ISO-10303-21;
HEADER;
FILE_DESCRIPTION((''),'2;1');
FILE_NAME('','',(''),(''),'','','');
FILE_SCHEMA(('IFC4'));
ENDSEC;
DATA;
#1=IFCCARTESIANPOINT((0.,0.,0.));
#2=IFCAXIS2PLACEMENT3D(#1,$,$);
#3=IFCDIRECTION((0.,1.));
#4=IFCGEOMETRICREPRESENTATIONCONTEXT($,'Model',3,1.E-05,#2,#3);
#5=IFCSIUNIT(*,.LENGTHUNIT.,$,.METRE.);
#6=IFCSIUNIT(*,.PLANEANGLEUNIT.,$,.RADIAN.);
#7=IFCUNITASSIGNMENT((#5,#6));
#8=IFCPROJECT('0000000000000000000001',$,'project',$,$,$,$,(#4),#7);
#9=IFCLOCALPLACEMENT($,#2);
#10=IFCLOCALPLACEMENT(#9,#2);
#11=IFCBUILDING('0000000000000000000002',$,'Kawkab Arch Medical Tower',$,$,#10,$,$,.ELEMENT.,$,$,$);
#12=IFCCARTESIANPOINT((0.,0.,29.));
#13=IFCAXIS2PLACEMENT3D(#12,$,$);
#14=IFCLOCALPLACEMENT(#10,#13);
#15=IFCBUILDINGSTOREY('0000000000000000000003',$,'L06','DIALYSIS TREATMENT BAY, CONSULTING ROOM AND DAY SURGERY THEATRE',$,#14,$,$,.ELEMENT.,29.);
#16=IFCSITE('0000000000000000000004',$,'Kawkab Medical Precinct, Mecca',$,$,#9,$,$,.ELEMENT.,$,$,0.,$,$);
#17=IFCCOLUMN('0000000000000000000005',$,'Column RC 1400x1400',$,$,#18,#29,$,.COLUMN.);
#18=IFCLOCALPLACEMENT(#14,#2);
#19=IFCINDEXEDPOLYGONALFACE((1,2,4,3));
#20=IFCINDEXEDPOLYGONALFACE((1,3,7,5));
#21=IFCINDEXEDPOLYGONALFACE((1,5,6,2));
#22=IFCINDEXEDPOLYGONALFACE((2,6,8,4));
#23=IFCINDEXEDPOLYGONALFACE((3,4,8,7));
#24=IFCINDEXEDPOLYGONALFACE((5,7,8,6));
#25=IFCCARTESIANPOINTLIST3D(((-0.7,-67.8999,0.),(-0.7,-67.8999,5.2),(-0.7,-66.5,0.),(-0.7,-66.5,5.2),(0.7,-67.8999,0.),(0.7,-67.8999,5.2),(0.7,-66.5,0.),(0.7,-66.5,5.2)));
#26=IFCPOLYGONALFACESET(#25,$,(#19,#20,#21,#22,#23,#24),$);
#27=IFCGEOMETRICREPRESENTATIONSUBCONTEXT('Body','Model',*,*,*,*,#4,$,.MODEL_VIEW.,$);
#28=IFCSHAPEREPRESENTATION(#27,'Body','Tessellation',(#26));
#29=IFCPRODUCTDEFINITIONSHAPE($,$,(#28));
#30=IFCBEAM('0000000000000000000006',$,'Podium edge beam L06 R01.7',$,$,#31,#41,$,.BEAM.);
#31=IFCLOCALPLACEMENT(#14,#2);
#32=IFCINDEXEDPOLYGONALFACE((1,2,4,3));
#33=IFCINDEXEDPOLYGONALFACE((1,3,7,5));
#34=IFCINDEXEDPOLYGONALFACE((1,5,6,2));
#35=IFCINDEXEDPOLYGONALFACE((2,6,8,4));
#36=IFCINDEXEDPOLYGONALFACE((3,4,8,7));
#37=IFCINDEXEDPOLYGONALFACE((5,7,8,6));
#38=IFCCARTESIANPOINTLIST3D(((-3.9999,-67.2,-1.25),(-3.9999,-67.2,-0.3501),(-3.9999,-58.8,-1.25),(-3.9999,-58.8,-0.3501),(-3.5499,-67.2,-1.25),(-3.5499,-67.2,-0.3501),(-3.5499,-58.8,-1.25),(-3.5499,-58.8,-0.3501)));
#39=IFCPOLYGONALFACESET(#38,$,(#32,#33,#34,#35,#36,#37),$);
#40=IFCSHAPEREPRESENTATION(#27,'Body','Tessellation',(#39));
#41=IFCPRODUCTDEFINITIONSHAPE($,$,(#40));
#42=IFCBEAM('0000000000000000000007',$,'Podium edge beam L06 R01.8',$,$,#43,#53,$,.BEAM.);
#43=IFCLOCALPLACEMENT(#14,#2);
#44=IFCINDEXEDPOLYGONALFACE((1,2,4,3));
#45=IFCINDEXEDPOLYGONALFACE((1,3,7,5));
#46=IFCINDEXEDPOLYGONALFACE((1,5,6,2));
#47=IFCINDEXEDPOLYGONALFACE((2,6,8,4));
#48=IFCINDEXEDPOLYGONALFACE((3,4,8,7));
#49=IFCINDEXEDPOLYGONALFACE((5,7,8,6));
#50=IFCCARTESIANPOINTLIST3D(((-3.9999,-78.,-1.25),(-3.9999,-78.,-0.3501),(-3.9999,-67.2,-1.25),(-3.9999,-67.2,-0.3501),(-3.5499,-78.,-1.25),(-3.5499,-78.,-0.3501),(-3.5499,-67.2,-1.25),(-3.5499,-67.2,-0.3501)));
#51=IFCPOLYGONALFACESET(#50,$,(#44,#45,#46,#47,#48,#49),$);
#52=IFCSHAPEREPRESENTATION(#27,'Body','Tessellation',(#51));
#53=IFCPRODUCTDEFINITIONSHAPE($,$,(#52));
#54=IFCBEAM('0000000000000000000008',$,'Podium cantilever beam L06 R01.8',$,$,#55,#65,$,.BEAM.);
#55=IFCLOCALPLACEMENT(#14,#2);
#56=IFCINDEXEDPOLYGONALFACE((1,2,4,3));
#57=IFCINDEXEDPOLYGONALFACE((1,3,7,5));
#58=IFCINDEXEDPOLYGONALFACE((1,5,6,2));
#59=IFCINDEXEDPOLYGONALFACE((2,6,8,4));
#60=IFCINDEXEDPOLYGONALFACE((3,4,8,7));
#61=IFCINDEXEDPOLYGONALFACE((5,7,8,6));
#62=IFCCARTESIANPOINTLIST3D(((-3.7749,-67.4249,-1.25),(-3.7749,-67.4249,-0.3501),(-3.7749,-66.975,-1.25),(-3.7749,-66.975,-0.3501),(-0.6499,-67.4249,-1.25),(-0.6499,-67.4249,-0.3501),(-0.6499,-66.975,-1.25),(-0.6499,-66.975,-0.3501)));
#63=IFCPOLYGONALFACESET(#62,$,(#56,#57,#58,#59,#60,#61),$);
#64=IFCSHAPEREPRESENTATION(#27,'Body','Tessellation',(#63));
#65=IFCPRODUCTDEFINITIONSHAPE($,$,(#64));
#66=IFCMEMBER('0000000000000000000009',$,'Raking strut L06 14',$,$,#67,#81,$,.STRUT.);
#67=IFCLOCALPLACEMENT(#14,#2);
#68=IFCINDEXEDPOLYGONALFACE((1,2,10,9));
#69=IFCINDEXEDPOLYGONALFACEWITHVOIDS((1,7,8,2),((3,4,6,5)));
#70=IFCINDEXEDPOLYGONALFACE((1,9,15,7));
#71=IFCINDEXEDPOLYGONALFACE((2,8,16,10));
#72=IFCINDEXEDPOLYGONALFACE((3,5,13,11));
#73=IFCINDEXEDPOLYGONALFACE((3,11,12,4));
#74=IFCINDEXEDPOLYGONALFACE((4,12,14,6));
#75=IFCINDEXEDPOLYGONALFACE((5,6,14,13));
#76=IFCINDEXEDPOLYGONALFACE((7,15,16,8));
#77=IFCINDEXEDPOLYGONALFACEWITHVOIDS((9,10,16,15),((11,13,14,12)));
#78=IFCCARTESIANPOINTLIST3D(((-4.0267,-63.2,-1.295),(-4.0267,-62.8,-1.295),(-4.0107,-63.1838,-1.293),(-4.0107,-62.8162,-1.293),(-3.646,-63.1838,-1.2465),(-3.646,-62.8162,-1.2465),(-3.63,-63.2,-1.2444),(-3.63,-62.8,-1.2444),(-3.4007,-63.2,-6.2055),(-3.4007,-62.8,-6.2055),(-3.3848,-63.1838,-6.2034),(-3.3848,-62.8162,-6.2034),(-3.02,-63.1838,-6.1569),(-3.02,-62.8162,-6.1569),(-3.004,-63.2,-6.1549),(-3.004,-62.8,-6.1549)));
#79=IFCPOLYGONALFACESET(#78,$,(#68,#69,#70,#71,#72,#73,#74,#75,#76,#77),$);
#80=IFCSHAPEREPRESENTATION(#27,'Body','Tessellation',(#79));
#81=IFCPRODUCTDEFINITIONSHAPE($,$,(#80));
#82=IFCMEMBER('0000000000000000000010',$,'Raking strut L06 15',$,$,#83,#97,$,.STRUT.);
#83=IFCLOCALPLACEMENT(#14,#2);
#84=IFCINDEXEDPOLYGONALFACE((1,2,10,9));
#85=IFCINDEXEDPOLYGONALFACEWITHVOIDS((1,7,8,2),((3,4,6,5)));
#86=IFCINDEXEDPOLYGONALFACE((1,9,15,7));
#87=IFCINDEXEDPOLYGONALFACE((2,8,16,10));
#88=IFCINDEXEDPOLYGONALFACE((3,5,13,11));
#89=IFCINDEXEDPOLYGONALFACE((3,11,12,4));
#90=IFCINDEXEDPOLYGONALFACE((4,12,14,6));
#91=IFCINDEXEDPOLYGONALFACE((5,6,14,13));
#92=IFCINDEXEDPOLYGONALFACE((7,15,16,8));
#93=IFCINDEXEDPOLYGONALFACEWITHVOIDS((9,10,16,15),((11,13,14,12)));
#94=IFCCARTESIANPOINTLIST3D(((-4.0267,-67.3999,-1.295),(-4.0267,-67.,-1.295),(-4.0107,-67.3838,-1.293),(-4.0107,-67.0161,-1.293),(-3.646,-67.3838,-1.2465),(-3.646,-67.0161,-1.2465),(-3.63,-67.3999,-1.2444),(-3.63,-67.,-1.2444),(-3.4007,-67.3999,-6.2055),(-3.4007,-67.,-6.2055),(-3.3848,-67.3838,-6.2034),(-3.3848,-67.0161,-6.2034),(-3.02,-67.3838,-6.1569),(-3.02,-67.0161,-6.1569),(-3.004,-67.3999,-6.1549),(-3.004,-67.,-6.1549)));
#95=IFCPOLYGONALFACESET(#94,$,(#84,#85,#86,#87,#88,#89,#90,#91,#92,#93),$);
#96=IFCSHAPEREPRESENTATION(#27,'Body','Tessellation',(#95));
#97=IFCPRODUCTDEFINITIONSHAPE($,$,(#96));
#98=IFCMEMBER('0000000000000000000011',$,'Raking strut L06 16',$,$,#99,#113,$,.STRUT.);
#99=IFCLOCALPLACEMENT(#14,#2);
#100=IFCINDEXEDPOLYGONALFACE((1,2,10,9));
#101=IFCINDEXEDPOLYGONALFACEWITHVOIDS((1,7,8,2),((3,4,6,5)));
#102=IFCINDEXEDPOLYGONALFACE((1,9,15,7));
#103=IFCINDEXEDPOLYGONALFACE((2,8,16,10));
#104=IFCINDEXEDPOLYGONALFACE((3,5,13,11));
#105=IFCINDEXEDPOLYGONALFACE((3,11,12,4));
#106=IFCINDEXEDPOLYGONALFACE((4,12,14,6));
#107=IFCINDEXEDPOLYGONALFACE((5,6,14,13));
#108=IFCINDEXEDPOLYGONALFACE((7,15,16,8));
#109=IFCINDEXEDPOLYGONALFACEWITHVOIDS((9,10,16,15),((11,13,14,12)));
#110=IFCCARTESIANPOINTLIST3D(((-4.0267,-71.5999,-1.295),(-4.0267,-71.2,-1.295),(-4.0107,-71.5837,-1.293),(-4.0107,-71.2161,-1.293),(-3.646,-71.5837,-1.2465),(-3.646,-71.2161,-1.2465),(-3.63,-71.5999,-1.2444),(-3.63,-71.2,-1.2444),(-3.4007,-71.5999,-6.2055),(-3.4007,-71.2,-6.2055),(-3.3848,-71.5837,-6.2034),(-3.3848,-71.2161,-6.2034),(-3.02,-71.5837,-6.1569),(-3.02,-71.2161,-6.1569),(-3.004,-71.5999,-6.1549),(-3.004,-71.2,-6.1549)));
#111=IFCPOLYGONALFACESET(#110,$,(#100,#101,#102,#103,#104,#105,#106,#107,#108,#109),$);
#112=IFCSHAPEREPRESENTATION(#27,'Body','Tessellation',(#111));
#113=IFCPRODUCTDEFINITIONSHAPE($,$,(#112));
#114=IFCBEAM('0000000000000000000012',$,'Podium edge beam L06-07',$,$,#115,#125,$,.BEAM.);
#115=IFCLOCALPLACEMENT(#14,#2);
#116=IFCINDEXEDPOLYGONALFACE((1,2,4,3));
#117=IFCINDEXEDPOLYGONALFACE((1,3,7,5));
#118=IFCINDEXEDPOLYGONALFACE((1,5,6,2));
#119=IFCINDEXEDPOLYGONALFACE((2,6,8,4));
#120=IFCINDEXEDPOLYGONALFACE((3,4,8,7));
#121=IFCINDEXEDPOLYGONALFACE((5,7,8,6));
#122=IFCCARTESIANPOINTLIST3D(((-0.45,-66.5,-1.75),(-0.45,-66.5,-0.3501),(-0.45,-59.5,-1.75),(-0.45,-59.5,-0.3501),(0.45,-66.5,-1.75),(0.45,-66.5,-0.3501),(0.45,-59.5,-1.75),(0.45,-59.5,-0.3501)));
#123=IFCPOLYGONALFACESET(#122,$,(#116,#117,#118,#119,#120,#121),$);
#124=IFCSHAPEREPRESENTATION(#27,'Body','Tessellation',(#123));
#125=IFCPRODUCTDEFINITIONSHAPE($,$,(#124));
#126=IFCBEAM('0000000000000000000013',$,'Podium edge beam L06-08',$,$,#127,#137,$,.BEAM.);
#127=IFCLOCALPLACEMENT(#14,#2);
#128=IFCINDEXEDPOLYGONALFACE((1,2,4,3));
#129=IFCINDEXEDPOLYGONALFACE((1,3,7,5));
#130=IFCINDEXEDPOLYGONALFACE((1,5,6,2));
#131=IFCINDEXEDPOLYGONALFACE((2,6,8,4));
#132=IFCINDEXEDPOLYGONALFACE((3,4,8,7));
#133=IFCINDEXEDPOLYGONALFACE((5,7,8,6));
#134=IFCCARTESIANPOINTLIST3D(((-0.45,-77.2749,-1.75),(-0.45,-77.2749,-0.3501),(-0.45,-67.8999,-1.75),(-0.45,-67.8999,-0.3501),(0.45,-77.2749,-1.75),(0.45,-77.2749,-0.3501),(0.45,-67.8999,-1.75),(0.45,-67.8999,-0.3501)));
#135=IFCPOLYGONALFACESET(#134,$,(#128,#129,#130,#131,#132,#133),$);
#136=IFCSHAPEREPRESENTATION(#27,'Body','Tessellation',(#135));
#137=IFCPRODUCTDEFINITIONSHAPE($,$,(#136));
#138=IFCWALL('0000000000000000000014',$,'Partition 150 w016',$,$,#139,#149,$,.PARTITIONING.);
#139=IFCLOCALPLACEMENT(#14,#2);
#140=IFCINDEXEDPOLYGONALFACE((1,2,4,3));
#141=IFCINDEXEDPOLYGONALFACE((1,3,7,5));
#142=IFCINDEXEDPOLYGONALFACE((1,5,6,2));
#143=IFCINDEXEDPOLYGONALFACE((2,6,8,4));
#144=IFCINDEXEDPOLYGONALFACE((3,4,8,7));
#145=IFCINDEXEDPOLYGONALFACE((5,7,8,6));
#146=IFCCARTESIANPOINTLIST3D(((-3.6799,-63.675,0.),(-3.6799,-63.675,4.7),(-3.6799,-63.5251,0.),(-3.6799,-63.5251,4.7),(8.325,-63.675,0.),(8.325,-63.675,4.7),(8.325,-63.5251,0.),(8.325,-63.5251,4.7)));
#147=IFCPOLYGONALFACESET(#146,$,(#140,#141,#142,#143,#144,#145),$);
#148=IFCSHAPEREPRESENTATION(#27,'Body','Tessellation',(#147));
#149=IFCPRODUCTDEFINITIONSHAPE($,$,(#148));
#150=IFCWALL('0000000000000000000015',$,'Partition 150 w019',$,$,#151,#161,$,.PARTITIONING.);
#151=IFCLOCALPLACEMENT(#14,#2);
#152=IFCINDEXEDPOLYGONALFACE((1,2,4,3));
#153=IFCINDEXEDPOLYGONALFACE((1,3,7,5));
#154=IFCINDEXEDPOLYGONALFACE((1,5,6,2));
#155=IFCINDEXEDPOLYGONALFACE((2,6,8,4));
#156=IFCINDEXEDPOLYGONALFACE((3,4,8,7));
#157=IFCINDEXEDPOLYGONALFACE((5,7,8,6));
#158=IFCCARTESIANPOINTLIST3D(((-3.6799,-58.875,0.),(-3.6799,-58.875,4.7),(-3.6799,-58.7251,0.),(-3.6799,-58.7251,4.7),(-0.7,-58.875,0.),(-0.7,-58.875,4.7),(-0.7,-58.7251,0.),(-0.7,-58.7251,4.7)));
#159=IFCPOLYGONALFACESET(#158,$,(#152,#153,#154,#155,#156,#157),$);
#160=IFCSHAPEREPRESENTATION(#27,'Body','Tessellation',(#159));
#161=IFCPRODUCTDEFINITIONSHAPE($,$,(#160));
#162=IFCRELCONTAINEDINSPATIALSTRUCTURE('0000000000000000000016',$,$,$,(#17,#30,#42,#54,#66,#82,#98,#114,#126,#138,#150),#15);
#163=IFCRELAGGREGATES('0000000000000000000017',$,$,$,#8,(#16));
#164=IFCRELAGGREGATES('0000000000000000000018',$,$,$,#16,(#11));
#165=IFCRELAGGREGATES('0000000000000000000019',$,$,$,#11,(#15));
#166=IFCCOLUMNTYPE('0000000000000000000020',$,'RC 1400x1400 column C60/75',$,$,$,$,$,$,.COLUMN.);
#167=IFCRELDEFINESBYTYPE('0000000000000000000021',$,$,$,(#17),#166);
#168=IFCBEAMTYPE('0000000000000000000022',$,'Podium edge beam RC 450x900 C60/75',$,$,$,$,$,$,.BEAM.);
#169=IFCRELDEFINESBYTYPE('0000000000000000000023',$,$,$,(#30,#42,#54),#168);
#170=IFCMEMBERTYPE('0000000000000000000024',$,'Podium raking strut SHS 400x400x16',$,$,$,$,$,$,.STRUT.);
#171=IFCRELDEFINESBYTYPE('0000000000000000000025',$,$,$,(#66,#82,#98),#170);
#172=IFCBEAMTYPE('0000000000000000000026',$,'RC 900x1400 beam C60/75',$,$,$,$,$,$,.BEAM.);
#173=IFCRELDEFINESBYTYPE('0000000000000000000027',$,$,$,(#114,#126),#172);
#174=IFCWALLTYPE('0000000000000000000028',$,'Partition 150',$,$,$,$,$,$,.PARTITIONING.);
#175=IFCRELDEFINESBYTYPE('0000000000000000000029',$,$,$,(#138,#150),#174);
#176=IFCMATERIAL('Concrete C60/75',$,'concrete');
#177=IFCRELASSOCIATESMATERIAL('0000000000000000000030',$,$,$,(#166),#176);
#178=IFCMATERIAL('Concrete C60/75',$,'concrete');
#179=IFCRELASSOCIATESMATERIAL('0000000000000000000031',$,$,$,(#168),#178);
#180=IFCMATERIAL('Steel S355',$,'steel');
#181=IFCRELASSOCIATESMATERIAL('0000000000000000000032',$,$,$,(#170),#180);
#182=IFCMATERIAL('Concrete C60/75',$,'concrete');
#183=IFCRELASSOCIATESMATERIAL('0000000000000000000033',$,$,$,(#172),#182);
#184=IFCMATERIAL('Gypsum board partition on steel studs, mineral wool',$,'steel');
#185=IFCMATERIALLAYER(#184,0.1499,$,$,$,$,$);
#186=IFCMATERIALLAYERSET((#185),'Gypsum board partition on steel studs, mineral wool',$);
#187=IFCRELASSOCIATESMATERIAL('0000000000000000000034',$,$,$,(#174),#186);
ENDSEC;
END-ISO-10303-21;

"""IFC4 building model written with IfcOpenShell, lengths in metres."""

from ifc_helpers import new_model, si_unit, direction, frame, frame_2d, origin, origin_2d, place, context, subcontext, project, spatial, rectangle, hollow_rectangle, extrude, material, layer, layer_set, material_profile, profile_set, type_object, element, save


model = new_model("IFC4")

# Units and contexts
model_context = context("Model", 3, precision=1e-05, world=origin(), true_north=direction((0.0, 1.0)))
body_context = subcontext(model_context, "Body", "Model", "MODEL_VIEW")
ifc_project = project(units=[si_unit("LENGTHUNIT", "METRE"), si_unit("PLANEANGLEUNIT", "RADIAN")], contexts=[model_context])

# Site, building, storey
site_placement = place(None, origin())
site = spatial("IfcSite", under=ifc_project, at=site_placement, Name="Kawkab Medical Precinct, Mecca", CompositionType="ELEMENT", RefElevation=0.0)
building_placement = place(site_placement, origin())
building = spatial("IfcBuilding", under=site, at=building_placement, Name="Kawkab Arch Medical Tower", CompositionType="ELEMENT")
storey_placement = place(building_placement, frame((0.0, 0.0, 29.0)))
storey = spatial("IfcBuildingStorey", under=building, at=storey_placement, Name="L06", Description="DIALYSIS TREATMENT BAY, CONSULTING ROOM AND DAY SURGERY THEATRE", CompositionType="ELEMENT", Elevation=29.0)

# Column
ifc_material_1 = material(Name="Concrete C60/75", Category="concrete")
ifc_material_profile_1 = material_profile(ifc_material_1, rectangle(XDim=1.3999, YDim=1.3999, at=origin_2d()), Name="RC 1400x1400")
ifc_profile_set_1 = profile_set([ifc_material_profile_1], Name="Concrete C60/75")
column_type = type_object("IfcColumnType", Name="RC 1400x1400 column C60/75", PredefinedType="COLUMN", material=ifc_profile_set_1)
column_placement = place(storey_placement, frame((0.0, -67.2, 0.0), z_axis=(0.0, 0.0, 1.0), x_axis=(1.0, 0.0, 0.0)))
element("IfcColumn", 1, at=column_placement, inside=storey, type_object=column_type, Name="Column RC 1400x1400", PredefinedType="COLUMN", context=body_context, shape_type="SweptSolid", body=[
    extrude(rectangle(XDim=1.3999, YDim=1.3999, at=origin_2d()), origin(), (0.0, 0.0, 1.0), 5.2),
])

# Beams
ifc_material_2 = material(Name="Concrete C60/75", Category="concrete")
ifc_material_profile_2 = material_profile(ifc_material_2, rectangle(XDim=0.45, YDim=0.8999, at=origin_2d()), Name="RC 450x900")
ifc_profile_set_2 = profile_set([ifc_material_profile_2], Name="Concrete C60/75")
beam_type_1 = type_object("IfcBeamType", Name="Podium edge beam RC 450x900 C60/75", PredefinedType="BEAM", material=ifc_profile_set_2)
beam_1_placement = place(storey_placement, frame((-3.7749, -58.8, -0.8), z_axis=(0.0, -1.0, 0.0), x_axis=(1.0, 0.0, 0.0)))
element("IfcBeam", 2, at=beam_1_placement, inside=storey, type_object=beam_type_1, Name="Podium edge beam L06 R01.7", PredefinedType="BEAM", context=body_context, shape_type="SweptSolid", body=[
    extrude(rectangle(XDim=0.45, YDim=0.8999, at=origin_2d()), origin(), (0.0, 0.0, 1.0), 8.3999),
])
beam_2_placement = place(storey_placement, frame((-3.7749, -67.2, -0.8), z_axis=(0.0, -1.0, 0.0), x_axis=(1.0, 0.0, 0.0)))
element("IfcBeam", 3, at=beam_2_placement, inside=storey, type_object=beam_type_1, Name="Podium edge beam L06 R01.8", PredefinedType="BEAM", context=body_context, shape_type="SweptSolid", body=[
    extrude(rectangle(XDim=0.45, YDim=0.8999, at=origin_2d()), origin(), (0.0, 0.0, 1.0), 10.8),
])
beam_3_placement = place(storey_placement, frame((-0.6499, -67.2, -0.8), z_axis=(-1.0, 0.0, 0.0), x_axis=(0.0, -1.0, 0.0)))
element("IfcBeam", 4, at=beam_3_placement, inside=storey, type_object=beam_type_1, Name="Podium cantilever beam L06 R01.8", PredefinedType="BEAM", context=body_context, shape_type="SweptSolid", body=[
    extrude(rectangle(XDim=0.45, YDim=0.8999, at=origin_2d()), origin(), (0.0, 0.0, 1.0), 3.125),
])

# Members
ifc_material_3 = material(Name="Steel S355", Category="steel")
ifc_material_profile_3 = material_profile(ifc_material_3, hollow_rectangle(XDim=0.3999, YDim=0.3999, WallThickness=0.0161, at=origin_2d()), Name="SHS 400x400x16")
ifc_profile_set_3 = profile_set([ifc_material_profile_3], Name="Steel S355")
member_type = type_object("IfcMemberType", Name="Podium raking strut SHS 400x400x16", PredefinedType="STRUT", material=ifc_profile_set_3)
for number, where, z_axis, x_axis, name in (
    (5, (-3.2024, -63.0, -6.1802), (-0.126456, 0.0, 0.991972), (0.0, -1.0, 0.0), "Raking strut L06 14"),
    (6, (-3.2024, -67.2, -6.1802), (-0.126456, 0.0, 0.991972), (0.0, -1.0, 0.0), "Raking strut L06 15"),
    (7, (-3.2024, -71.3999, -6.1802), (-0.126456, 0.0, 0.991972), (0.0, -1.0, 0.0), "Raking strut L06 16"),
):
    element("IfcMember", number, at=place(storey_placement, frame(where, z_axis=z_axis, x_axis=x_axis)), inside=storey, type_object=member_type, Name=name, PredefinedType="STRUT", context=body_context, shape_type="SweptSolid", body=[
        extrude(hollow_rectangle(XDim=0.3999, YDim=0.3999, WallThickness=0.0161, at=origin_2d()), origin(), (0.0, 0.0, 1.0), 4.9502),
    ])

# Beams
ifc_material_4 = material(Name="Concrete C60/75", Category="concrete")
ifc_material_profile_4 = material_profile(ifc_material_4, rectangle(XDim=0.8999, YDim=1.3999, at=origin_2d()), Name="RC 900x1400")
ifc_profile_set_4 = profile_set([ifc_material_profile_4], Name="Concrete C60/75")
beam_type_2 = type_object("IfcBeamType", Name="RC 900x1400 beam C60/75", PredefinedType="BEAM", material=ifc_profile_set_4)
beam_4_placement = place(storey_placement, frame((0.0, -59.5, -1.05), z_axis=(0.0, -1.0, 0.0), x_axis=(1.0, 0.0, 0.0)))
element("IfcBeam", 8, at=beam_4_placement, inside=storey, type_object=beam_type_2, Name="Podium edge beam L06-07", PredefinedType="BEAM", context=body_context, shape_type="SweptSolid", body=[
    extrude(rectangle(XDim=0.8999, YDim=1.3999, at=origin_2d()), origin(), (0.0, 0.0, 1.0), 7.0),
])
beam_5_placement = place(storey_placement, frame((0.0, -67.8999, -1.05), z_axis=(0.0, -1.0, 0.0), x_axis=(1.0, 0.0, 0.0)))
element("IfcBeam", 9, at=beam_5_placement, inside=storey, type_object=beam_type_2, Name="Podium edge beam L06-08", PredefinedType="BEAM", context=body_context, shape_type="SweptSolid", body=[
    extrude(rectangle(XDim=0.8999, YDim=1.3999, at=origin_2d()), origin(), (0.0, 0.0, 1.0), 9.375),
])

# Walls
ifc_material_5 = material(Name="Gypsum board partition on steel studs, mineral wool", Category="steel")
ifc_layer_1 = layer(ifc_material_5, 0.1499)
ifc_layer_set_1 = layer_set([ifc_layer_1], Name="Gypsum board partition on steel studs, mineral wool")
wall_type_1 = type_object("IfcWallType", Name="Partition 150", PredefinedType="PARTITIONING", material=ifc_layer_set_1)
wall_1_placement = place(storey_placement, frame((-3.6799, -63.6001, 0.0), z_axis=(0.0, 0.0, 1.0), x_axis=(1.0, 0.0, 0.0)))
element("IfcWall", 10, at=wall_1_placement, inside=storey, type_object=wall_type_1, Name="Partition 150 w016", PredefinedType="PARTITIONING", context=body_context, shape_type="SweptSolid", body=[
    extrude(rectangle(XDim=12.0049, YDim=0.1499, at=frame_2d((6.0024, 0.0))), origin(), (0.0, 0.0, 1.0), 4.7),
])
wall_2_placement = place(storey_placement, frame((-3.6799, -58.8, 0.0), z_axis=(0.0, 0.0, 1.0), x_axis=(1.0, 0.0, 0.0)))
element("IfcWall", 11, at=wall_2_placement, inside=storey, type_object=wall_type_1, Name="Partition 150 w019", PredefinedType="PARTITIONING", context=body_context, shape_type="SweptSolid", body=[
    extrude(rectangle(XDim=2.98, YDim=0.1499, at=frame_2d((1.49, 0.0))), origin(), (0.0, 0.0, 1.0), 4.7),
])

save(model, "model.ifc")
